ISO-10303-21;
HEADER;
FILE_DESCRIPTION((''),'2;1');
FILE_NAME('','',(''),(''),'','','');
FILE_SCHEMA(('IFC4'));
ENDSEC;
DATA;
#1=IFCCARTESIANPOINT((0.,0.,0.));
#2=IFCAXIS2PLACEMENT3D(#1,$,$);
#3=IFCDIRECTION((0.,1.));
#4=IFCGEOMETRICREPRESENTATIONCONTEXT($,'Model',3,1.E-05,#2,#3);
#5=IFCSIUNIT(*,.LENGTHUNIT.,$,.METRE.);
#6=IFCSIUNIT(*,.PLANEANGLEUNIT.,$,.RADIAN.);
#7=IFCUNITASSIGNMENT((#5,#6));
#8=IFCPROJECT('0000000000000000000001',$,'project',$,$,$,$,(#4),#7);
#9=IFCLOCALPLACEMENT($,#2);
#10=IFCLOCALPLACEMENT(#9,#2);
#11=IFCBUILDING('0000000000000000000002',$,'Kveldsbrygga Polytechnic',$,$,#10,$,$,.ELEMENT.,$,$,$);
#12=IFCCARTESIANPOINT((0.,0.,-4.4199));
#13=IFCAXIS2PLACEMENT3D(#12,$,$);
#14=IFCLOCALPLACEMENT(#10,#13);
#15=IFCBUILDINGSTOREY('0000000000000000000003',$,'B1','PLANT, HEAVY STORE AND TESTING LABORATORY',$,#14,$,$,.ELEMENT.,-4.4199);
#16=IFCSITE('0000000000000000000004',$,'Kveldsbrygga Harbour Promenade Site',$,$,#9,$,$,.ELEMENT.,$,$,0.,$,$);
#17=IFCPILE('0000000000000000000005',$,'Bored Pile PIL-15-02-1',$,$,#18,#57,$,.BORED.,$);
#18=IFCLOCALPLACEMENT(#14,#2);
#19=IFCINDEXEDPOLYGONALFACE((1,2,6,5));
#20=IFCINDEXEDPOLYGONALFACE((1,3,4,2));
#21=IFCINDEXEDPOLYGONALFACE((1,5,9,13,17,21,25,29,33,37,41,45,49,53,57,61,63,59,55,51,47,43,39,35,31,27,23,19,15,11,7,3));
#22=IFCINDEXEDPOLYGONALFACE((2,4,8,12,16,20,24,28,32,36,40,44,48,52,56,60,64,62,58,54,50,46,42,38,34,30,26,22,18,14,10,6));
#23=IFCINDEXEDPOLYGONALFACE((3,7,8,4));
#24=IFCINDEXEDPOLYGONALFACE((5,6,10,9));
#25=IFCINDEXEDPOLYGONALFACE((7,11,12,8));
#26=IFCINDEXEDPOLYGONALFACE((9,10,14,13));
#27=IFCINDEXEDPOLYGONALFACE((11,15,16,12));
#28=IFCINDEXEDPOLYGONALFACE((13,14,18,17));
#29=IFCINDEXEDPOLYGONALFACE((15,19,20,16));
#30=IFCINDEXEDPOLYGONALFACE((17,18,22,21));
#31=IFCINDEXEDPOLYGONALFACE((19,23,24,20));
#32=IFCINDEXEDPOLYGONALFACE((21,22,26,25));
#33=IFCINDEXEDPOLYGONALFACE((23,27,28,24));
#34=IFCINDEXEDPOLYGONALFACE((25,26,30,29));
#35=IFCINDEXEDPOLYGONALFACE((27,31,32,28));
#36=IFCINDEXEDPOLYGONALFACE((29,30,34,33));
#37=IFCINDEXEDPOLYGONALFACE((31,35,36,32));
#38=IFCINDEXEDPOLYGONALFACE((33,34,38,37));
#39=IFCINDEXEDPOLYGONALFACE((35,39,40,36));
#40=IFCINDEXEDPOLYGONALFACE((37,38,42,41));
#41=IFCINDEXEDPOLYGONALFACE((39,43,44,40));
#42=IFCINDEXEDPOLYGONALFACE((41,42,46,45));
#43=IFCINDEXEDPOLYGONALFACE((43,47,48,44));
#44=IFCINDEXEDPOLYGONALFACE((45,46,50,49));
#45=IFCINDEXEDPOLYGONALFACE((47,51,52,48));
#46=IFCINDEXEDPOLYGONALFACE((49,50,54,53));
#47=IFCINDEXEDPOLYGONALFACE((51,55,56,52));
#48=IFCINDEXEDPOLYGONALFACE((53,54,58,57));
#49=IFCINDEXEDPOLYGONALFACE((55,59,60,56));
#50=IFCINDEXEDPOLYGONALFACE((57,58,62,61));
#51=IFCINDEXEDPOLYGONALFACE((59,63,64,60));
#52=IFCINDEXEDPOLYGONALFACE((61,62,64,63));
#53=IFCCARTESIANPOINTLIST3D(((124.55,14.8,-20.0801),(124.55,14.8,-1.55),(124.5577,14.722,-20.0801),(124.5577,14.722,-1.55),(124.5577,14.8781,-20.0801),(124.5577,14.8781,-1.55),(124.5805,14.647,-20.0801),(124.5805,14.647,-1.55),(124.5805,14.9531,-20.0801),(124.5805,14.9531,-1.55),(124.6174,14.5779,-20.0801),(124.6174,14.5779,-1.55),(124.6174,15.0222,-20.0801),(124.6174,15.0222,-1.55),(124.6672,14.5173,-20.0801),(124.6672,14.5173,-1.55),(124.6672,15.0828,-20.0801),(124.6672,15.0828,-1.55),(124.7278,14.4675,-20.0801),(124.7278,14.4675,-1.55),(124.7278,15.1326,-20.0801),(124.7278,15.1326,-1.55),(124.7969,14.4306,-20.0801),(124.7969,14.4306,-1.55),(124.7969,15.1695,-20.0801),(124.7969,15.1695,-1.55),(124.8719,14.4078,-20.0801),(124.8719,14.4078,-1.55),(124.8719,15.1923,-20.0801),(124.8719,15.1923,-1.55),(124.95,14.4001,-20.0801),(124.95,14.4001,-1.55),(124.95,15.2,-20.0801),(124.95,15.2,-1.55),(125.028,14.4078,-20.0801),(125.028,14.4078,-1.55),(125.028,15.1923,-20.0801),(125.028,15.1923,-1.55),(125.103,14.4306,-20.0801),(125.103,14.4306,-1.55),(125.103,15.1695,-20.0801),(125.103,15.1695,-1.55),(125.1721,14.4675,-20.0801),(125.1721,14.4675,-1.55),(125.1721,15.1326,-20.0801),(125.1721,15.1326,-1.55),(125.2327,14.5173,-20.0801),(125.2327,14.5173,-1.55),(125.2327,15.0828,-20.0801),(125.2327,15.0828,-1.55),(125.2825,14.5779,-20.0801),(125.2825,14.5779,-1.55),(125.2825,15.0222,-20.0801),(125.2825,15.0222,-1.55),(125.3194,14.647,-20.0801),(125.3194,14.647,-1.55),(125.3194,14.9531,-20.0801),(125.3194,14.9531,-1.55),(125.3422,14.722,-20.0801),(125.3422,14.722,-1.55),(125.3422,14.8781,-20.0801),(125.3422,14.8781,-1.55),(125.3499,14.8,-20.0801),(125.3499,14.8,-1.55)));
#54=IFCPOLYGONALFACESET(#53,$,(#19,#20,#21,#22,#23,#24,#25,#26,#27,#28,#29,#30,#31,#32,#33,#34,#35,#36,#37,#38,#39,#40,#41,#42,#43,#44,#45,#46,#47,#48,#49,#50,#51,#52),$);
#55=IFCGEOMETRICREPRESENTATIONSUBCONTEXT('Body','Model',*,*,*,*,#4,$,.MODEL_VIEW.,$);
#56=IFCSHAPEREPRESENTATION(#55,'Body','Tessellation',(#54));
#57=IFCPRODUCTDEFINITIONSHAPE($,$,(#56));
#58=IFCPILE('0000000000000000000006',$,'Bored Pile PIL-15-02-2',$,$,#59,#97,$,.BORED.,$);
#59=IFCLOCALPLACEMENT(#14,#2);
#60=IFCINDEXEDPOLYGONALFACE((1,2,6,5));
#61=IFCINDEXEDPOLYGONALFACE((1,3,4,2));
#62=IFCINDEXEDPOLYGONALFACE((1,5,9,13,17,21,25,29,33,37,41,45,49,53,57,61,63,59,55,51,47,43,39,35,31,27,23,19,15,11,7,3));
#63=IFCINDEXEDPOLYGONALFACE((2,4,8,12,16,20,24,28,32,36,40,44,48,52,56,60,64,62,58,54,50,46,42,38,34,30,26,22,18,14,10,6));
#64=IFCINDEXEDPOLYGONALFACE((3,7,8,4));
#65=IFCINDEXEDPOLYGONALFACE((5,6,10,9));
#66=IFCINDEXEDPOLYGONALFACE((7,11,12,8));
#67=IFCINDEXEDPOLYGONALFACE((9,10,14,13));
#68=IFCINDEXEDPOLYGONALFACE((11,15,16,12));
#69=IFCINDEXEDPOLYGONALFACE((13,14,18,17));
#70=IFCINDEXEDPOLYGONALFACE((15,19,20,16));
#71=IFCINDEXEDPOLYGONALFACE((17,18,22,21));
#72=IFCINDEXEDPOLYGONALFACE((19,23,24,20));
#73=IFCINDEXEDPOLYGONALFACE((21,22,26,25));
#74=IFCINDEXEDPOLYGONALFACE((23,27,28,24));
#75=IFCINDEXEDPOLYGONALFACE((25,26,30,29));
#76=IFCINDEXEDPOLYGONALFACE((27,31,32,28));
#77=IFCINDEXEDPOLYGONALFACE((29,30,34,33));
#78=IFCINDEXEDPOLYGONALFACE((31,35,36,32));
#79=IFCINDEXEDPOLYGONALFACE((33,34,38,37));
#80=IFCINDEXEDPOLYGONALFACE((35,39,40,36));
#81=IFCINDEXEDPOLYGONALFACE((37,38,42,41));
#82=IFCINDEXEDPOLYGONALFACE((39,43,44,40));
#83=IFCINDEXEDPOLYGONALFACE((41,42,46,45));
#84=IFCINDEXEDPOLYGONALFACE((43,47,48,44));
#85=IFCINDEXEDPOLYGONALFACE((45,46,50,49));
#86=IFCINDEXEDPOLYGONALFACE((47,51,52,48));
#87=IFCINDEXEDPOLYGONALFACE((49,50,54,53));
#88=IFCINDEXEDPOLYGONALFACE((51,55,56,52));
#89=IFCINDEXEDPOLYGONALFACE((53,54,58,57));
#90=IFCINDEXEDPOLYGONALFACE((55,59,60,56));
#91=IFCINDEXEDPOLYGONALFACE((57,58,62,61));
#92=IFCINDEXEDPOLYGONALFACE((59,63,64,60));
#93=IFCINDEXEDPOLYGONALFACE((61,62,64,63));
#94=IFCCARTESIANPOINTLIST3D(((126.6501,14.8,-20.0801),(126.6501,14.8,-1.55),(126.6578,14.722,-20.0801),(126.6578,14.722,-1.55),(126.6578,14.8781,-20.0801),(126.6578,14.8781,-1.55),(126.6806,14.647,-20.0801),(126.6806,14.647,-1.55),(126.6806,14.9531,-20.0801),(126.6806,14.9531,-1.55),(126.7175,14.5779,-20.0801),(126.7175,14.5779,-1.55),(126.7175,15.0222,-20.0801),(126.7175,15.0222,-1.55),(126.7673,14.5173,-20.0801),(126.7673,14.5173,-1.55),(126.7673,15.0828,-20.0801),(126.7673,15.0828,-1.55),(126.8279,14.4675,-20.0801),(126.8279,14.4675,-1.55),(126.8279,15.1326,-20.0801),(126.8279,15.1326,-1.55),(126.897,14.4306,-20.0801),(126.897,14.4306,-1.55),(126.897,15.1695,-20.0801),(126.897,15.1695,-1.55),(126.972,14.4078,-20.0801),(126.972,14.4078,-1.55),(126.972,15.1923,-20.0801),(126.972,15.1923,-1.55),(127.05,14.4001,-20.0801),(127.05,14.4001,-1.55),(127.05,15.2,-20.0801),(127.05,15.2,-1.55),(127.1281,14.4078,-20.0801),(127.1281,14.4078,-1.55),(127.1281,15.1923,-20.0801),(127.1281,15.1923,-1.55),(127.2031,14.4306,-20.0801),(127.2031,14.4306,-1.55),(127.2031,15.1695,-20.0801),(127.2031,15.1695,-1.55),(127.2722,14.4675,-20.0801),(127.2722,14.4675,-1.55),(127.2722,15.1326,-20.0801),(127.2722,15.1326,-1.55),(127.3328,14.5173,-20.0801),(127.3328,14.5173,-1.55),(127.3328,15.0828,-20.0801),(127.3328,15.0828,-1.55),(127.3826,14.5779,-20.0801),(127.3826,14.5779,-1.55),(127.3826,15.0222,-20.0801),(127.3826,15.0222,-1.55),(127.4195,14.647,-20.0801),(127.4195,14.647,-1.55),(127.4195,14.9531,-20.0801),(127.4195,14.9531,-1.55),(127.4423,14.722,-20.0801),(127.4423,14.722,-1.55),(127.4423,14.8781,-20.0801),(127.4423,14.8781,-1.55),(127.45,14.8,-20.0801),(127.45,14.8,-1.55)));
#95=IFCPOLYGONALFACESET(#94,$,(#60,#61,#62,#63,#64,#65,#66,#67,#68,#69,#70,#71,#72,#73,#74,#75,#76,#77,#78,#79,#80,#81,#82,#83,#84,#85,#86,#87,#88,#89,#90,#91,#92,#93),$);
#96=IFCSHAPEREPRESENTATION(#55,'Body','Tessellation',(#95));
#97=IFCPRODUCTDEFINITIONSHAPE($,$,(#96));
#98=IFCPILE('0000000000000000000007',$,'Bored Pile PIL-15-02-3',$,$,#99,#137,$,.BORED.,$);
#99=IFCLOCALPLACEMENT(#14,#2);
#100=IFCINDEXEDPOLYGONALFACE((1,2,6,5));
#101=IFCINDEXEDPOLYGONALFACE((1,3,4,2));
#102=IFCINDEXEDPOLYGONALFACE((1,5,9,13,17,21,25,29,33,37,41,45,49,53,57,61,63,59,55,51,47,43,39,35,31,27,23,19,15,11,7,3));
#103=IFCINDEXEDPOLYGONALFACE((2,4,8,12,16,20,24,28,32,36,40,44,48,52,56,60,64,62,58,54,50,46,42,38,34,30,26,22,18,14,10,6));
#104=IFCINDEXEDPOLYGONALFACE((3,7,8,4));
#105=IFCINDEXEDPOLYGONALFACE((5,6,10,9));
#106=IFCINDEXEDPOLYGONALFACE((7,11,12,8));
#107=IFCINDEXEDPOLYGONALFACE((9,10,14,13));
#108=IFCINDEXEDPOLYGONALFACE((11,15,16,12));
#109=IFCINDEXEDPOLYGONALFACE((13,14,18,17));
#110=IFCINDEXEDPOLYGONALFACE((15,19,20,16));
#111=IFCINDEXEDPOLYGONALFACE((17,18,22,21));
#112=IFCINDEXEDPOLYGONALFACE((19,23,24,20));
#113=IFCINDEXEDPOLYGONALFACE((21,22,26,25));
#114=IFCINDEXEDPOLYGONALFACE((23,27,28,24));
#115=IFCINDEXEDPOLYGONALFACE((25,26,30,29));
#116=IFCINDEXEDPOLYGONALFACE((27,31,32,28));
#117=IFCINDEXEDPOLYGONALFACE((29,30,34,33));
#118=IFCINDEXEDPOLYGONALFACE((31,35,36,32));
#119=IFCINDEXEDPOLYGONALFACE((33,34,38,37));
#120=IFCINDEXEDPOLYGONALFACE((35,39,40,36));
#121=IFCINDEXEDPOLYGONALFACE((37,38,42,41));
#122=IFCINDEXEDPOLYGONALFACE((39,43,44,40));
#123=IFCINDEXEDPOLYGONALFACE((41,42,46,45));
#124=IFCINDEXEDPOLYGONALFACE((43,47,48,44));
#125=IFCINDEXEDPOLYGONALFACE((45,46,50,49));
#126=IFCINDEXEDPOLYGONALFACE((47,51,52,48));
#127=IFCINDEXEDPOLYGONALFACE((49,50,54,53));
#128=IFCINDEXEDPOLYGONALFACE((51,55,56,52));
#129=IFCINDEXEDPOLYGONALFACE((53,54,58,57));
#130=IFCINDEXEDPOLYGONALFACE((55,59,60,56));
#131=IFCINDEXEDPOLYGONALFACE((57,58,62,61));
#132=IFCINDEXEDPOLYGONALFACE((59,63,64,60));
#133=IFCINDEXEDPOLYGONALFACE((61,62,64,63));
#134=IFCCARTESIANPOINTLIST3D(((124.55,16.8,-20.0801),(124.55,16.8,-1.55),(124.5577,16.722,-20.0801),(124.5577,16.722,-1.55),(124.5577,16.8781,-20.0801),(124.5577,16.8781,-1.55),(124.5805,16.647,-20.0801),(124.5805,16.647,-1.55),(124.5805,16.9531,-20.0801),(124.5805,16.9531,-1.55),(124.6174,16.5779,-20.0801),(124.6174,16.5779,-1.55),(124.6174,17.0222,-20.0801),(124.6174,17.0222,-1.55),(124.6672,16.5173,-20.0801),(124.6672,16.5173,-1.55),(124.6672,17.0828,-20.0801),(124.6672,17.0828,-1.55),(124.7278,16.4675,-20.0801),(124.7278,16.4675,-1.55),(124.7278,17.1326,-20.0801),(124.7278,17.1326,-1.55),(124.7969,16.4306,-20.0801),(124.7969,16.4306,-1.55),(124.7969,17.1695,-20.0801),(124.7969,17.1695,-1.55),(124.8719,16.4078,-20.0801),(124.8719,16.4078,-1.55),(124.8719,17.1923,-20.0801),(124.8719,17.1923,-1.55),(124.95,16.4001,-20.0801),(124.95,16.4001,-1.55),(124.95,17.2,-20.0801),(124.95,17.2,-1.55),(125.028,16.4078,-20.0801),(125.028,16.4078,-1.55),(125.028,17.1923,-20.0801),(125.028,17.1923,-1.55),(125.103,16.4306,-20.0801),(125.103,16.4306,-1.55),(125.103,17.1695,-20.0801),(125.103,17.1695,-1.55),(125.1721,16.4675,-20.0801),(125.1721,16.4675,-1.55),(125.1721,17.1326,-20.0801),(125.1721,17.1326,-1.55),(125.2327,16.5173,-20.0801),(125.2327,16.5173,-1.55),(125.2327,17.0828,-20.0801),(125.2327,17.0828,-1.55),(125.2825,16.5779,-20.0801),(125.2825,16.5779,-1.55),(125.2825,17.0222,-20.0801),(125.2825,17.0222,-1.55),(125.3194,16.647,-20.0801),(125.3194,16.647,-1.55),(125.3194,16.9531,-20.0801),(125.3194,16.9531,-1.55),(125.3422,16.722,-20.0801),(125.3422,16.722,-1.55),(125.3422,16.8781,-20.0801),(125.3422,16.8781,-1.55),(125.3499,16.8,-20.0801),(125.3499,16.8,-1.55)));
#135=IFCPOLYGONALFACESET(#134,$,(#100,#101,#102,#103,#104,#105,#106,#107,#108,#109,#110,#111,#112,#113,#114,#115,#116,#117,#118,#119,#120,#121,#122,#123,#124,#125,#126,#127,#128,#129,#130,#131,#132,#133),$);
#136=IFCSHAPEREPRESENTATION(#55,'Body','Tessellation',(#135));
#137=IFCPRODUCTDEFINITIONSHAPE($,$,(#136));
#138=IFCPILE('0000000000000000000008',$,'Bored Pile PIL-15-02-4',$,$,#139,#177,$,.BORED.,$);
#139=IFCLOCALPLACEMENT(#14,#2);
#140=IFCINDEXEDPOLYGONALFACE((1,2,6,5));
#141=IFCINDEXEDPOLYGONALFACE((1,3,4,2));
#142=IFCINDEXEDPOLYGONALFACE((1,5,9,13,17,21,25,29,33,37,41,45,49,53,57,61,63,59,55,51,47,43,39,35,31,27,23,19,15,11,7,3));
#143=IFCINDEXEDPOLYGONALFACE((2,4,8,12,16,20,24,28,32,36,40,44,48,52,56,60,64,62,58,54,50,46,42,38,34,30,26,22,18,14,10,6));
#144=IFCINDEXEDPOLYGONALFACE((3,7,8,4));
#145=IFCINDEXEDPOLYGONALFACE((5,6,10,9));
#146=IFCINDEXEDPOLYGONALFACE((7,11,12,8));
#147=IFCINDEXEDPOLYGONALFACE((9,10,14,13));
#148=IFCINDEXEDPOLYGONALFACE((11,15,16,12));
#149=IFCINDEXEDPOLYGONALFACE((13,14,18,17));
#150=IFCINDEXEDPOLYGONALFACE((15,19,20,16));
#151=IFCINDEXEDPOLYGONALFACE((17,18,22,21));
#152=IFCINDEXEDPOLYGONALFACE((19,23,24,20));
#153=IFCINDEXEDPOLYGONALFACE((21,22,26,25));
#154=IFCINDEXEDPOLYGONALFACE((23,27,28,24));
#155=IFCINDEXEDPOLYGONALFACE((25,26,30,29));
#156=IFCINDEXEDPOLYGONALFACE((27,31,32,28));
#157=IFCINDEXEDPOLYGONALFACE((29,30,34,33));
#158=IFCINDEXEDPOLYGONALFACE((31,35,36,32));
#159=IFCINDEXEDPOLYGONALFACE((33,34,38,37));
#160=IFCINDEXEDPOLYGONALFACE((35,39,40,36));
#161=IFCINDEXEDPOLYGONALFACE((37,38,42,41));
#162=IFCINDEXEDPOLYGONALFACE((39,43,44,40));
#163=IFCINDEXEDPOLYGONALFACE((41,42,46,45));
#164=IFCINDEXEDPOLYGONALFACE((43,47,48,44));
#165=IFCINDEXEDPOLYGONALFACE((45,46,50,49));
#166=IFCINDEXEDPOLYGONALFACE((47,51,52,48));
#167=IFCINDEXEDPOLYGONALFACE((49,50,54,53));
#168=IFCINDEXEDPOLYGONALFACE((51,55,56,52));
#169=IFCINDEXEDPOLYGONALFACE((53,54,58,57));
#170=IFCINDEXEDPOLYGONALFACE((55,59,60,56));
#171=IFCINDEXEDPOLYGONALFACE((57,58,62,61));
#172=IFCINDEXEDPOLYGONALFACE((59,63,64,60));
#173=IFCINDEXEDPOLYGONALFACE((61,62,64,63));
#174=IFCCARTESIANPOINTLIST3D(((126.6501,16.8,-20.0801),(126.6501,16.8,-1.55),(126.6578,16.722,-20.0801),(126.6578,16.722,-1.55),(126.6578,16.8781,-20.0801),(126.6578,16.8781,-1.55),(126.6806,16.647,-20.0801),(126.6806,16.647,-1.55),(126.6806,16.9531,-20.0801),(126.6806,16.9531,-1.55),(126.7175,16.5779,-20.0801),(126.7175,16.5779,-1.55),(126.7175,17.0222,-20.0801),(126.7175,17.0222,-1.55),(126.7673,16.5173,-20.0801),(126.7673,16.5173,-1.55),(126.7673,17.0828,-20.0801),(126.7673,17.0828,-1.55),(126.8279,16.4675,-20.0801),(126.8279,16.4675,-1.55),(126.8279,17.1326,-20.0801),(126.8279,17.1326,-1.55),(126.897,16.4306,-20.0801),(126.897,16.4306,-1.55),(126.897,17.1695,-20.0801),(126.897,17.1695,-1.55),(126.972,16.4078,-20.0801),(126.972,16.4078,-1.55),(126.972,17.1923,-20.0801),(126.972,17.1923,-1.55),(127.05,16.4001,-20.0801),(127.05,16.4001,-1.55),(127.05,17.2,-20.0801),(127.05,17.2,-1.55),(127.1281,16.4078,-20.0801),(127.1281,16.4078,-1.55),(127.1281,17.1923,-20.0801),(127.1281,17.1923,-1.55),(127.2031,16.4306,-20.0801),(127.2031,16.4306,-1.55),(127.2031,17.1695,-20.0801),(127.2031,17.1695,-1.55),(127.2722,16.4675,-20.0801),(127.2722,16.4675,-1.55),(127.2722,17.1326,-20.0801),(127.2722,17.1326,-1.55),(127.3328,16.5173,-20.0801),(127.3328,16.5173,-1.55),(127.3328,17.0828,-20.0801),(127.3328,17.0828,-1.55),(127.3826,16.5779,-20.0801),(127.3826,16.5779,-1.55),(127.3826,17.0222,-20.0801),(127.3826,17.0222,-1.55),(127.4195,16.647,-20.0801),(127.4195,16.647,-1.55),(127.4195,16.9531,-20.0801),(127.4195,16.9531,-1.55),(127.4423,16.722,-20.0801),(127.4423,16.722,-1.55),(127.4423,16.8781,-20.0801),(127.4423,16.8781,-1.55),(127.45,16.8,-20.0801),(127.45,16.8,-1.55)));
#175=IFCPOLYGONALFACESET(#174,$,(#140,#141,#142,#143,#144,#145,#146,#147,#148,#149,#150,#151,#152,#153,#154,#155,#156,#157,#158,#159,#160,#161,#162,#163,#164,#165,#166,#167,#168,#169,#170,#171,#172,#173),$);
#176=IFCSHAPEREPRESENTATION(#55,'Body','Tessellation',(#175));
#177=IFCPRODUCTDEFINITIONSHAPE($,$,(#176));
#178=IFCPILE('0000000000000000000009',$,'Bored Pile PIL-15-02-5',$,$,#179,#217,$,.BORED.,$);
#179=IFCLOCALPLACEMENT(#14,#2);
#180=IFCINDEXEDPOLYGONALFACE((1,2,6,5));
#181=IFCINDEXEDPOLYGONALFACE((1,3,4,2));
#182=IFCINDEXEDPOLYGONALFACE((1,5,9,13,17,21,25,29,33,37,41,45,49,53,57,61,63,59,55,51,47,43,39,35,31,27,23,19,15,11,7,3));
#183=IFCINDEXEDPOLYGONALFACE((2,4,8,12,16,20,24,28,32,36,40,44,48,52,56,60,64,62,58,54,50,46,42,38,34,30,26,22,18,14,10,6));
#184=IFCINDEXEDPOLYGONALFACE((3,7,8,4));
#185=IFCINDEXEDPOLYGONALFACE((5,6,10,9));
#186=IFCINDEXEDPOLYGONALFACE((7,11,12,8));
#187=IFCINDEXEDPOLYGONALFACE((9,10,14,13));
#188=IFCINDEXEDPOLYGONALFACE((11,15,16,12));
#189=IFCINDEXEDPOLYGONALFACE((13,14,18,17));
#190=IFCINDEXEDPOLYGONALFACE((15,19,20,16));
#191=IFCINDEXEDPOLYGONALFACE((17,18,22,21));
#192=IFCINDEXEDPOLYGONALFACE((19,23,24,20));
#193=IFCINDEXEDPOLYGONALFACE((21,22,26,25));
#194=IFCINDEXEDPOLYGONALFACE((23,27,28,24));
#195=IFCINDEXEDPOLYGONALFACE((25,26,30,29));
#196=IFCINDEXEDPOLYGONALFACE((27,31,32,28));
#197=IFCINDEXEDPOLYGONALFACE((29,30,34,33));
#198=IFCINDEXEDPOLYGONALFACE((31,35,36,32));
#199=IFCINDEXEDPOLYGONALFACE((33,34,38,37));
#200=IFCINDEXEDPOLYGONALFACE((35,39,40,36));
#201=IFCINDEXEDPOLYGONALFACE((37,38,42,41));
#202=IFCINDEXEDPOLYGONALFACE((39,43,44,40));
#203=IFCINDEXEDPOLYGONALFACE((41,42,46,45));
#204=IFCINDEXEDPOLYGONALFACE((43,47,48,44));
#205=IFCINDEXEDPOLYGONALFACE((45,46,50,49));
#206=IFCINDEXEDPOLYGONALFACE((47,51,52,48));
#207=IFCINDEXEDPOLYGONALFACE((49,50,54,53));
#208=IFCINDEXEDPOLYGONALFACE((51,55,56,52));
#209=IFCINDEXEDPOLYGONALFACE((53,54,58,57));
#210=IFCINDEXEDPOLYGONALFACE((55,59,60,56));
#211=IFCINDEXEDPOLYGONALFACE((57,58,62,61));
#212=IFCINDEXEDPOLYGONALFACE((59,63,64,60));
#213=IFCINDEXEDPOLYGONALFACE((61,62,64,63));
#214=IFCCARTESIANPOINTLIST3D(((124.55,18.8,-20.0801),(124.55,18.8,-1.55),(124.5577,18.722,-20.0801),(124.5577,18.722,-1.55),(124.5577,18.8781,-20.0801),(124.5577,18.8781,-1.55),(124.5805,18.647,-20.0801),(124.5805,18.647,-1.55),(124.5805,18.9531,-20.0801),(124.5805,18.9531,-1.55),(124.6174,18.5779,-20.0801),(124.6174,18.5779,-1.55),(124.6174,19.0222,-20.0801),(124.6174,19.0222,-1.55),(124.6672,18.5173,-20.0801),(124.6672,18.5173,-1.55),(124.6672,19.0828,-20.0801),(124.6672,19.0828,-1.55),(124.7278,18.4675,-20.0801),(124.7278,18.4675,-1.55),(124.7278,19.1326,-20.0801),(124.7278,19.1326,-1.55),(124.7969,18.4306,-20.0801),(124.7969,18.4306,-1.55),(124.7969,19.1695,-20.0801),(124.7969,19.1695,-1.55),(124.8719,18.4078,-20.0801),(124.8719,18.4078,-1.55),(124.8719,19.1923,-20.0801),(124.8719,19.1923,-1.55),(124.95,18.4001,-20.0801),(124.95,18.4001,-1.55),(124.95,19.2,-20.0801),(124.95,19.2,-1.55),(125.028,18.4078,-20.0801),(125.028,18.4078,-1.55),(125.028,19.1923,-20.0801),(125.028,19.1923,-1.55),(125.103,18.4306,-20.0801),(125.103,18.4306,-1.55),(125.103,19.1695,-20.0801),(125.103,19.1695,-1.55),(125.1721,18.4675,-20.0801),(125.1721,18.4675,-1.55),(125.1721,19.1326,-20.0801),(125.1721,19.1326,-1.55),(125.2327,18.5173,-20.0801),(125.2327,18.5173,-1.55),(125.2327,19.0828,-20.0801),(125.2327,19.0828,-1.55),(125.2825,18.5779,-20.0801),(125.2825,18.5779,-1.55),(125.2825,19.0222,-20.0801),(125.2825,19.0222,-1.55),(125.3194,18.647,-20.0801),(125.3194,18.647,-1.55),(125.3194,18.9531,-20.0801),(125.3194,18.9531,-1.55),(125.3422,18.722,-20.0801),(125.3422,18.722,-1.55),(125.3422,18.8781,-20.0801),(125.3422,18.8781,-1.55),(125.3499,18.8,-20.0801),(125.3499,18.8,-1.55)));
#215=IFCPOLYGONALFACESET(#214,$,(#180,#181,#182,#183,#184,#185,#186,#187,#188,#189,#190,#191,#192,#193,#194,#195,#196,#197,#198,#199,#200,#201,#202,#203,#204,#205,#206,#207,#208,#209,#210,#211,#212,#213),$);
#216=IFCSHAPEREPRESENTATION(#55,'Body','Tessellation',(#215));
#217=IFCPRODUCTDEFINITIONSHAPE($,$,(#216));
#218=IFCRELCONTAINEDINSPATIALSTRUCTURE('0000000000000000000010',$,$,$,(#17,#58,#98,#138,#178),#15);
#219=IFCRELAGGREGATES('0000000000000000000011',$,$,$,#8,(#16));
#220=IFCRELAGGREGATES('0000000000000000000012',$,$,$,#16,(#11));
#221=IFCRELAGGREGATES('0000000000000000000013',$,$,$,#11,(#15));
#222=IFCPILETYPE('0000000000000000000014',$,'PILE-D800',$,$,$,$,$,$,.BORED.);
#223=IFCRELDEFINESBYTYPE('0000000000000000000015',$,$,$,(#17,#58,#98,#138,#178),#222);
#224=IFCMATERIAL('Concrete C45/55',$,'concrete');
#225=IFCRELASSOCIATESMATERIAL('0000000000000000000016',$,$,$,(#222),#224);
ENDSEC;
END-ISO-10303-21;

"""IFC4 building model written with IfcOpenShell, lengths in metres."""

from ifc_helpers import new_model, si_unit, direction, frame, origin, origin_2d, place, context, subcontext, project, spatial, circle, extrude, material, material_profile, profile_set, type_object, element, save


model = new_model("IFC4")

# Units and contexts
model_context = context("Model", 3, precision=1e-05, world=origin(), true_north=direction((0.0, 1.0)))
body_context = subcontext(model_context, "Body", "Model", "MODEL_VIEW")
ifc_project = project(units=[si_unit("LENGTHUNIT", "METRE"), si_unit("PLANEANGLEUNIT", "RADIAN")], contexts=[model_context])

# Site, building, storey
site_placement = place(None, origin())
site = spatial("IfcSite", under=ifc_project, at=site_placement, Name="Kveldsbrygga Harbour Promenade Site", CompositionType="ELEMENT", RefElevation=0.0)
building_placement = place(site_placement, origin())
building = spatial("IfcBuilding", under=site, at=building_placement, Name="Kveldsbrygga Polytechnic", CompositionType="ELEMENT")
storey_placement = place(building_placement, frame((0.0, 0.0, -4.4199)))
storey = spatial("IfcBuildingStorey", under=building, at=storey_placement, Name="B1", Description="PLANT, HEAVY STORE AND TESTING LABORATORY", CompositionType="ELEMENT", Elevation=-4.4199)

# Shared definitions
ifc_material_1 = material(Name="Concrete C45/55", Category="concrete")

# Piles
ifc_material_profile_1 = material_profile(ifc_material_1, circle(Radius=0.3999, at=origin_2d()), Name="PILE D800")
ifc_profile_set_1 = profile_set([ifc_material_profile_1], Name="Concrete C45/55")
pile_type_1 = type_object("IfcPileType", Name="PILE-D800", PredefinedType="BORED", material=ifc_profile_set_1)
for number, where, z_axis, x_axis, name in (
    (1, (124.95, 14.8, -1.55), (0.0, 0.0, -1.0), (1.0, 0.0, 0.0), "Bored Pile PIL-15-02-1"),
    (2, (127.05, 14.8, -1.55), (0.0, 0.0, -1.0), (1.0, 0.0, 0.0), "Bored Pile PIL-15-02-2"),
    (3, (124.95, 16.8, -1.55), (0.0, 0.0, -1.0), (1.0, 0.0, 0.0), "Bored Pile PIL-15-02-3"),
    (4, (127.05, 16.8, -1.55), (0.0, 0.0, -1.0), (1.0, 0.0, 0.0), "Bored Pile PIL-15-02-4"),
    (5, (124.95, 18.8, -1.55), (0.0, 0.0, -1.0), (1.0, 0.0, 0.0), "Bored Pile PIL-15-02-5"),
):
    element("IfcPile", number, at=place(storey_placement, frame(where, z_axis=z_axis, x_axis=x_axis)), inside=storey, type_object=pile_type_1, Name=name, PredefinedType="BORED", context=body_context, shape_type="SweptSolid", body=[
        extrude(circle(Radius=0.3999, at=origin_2d()), origin(), (0.0, 0.0, 1.0), 18.53),
    ])

save(model, "model.ifc")
